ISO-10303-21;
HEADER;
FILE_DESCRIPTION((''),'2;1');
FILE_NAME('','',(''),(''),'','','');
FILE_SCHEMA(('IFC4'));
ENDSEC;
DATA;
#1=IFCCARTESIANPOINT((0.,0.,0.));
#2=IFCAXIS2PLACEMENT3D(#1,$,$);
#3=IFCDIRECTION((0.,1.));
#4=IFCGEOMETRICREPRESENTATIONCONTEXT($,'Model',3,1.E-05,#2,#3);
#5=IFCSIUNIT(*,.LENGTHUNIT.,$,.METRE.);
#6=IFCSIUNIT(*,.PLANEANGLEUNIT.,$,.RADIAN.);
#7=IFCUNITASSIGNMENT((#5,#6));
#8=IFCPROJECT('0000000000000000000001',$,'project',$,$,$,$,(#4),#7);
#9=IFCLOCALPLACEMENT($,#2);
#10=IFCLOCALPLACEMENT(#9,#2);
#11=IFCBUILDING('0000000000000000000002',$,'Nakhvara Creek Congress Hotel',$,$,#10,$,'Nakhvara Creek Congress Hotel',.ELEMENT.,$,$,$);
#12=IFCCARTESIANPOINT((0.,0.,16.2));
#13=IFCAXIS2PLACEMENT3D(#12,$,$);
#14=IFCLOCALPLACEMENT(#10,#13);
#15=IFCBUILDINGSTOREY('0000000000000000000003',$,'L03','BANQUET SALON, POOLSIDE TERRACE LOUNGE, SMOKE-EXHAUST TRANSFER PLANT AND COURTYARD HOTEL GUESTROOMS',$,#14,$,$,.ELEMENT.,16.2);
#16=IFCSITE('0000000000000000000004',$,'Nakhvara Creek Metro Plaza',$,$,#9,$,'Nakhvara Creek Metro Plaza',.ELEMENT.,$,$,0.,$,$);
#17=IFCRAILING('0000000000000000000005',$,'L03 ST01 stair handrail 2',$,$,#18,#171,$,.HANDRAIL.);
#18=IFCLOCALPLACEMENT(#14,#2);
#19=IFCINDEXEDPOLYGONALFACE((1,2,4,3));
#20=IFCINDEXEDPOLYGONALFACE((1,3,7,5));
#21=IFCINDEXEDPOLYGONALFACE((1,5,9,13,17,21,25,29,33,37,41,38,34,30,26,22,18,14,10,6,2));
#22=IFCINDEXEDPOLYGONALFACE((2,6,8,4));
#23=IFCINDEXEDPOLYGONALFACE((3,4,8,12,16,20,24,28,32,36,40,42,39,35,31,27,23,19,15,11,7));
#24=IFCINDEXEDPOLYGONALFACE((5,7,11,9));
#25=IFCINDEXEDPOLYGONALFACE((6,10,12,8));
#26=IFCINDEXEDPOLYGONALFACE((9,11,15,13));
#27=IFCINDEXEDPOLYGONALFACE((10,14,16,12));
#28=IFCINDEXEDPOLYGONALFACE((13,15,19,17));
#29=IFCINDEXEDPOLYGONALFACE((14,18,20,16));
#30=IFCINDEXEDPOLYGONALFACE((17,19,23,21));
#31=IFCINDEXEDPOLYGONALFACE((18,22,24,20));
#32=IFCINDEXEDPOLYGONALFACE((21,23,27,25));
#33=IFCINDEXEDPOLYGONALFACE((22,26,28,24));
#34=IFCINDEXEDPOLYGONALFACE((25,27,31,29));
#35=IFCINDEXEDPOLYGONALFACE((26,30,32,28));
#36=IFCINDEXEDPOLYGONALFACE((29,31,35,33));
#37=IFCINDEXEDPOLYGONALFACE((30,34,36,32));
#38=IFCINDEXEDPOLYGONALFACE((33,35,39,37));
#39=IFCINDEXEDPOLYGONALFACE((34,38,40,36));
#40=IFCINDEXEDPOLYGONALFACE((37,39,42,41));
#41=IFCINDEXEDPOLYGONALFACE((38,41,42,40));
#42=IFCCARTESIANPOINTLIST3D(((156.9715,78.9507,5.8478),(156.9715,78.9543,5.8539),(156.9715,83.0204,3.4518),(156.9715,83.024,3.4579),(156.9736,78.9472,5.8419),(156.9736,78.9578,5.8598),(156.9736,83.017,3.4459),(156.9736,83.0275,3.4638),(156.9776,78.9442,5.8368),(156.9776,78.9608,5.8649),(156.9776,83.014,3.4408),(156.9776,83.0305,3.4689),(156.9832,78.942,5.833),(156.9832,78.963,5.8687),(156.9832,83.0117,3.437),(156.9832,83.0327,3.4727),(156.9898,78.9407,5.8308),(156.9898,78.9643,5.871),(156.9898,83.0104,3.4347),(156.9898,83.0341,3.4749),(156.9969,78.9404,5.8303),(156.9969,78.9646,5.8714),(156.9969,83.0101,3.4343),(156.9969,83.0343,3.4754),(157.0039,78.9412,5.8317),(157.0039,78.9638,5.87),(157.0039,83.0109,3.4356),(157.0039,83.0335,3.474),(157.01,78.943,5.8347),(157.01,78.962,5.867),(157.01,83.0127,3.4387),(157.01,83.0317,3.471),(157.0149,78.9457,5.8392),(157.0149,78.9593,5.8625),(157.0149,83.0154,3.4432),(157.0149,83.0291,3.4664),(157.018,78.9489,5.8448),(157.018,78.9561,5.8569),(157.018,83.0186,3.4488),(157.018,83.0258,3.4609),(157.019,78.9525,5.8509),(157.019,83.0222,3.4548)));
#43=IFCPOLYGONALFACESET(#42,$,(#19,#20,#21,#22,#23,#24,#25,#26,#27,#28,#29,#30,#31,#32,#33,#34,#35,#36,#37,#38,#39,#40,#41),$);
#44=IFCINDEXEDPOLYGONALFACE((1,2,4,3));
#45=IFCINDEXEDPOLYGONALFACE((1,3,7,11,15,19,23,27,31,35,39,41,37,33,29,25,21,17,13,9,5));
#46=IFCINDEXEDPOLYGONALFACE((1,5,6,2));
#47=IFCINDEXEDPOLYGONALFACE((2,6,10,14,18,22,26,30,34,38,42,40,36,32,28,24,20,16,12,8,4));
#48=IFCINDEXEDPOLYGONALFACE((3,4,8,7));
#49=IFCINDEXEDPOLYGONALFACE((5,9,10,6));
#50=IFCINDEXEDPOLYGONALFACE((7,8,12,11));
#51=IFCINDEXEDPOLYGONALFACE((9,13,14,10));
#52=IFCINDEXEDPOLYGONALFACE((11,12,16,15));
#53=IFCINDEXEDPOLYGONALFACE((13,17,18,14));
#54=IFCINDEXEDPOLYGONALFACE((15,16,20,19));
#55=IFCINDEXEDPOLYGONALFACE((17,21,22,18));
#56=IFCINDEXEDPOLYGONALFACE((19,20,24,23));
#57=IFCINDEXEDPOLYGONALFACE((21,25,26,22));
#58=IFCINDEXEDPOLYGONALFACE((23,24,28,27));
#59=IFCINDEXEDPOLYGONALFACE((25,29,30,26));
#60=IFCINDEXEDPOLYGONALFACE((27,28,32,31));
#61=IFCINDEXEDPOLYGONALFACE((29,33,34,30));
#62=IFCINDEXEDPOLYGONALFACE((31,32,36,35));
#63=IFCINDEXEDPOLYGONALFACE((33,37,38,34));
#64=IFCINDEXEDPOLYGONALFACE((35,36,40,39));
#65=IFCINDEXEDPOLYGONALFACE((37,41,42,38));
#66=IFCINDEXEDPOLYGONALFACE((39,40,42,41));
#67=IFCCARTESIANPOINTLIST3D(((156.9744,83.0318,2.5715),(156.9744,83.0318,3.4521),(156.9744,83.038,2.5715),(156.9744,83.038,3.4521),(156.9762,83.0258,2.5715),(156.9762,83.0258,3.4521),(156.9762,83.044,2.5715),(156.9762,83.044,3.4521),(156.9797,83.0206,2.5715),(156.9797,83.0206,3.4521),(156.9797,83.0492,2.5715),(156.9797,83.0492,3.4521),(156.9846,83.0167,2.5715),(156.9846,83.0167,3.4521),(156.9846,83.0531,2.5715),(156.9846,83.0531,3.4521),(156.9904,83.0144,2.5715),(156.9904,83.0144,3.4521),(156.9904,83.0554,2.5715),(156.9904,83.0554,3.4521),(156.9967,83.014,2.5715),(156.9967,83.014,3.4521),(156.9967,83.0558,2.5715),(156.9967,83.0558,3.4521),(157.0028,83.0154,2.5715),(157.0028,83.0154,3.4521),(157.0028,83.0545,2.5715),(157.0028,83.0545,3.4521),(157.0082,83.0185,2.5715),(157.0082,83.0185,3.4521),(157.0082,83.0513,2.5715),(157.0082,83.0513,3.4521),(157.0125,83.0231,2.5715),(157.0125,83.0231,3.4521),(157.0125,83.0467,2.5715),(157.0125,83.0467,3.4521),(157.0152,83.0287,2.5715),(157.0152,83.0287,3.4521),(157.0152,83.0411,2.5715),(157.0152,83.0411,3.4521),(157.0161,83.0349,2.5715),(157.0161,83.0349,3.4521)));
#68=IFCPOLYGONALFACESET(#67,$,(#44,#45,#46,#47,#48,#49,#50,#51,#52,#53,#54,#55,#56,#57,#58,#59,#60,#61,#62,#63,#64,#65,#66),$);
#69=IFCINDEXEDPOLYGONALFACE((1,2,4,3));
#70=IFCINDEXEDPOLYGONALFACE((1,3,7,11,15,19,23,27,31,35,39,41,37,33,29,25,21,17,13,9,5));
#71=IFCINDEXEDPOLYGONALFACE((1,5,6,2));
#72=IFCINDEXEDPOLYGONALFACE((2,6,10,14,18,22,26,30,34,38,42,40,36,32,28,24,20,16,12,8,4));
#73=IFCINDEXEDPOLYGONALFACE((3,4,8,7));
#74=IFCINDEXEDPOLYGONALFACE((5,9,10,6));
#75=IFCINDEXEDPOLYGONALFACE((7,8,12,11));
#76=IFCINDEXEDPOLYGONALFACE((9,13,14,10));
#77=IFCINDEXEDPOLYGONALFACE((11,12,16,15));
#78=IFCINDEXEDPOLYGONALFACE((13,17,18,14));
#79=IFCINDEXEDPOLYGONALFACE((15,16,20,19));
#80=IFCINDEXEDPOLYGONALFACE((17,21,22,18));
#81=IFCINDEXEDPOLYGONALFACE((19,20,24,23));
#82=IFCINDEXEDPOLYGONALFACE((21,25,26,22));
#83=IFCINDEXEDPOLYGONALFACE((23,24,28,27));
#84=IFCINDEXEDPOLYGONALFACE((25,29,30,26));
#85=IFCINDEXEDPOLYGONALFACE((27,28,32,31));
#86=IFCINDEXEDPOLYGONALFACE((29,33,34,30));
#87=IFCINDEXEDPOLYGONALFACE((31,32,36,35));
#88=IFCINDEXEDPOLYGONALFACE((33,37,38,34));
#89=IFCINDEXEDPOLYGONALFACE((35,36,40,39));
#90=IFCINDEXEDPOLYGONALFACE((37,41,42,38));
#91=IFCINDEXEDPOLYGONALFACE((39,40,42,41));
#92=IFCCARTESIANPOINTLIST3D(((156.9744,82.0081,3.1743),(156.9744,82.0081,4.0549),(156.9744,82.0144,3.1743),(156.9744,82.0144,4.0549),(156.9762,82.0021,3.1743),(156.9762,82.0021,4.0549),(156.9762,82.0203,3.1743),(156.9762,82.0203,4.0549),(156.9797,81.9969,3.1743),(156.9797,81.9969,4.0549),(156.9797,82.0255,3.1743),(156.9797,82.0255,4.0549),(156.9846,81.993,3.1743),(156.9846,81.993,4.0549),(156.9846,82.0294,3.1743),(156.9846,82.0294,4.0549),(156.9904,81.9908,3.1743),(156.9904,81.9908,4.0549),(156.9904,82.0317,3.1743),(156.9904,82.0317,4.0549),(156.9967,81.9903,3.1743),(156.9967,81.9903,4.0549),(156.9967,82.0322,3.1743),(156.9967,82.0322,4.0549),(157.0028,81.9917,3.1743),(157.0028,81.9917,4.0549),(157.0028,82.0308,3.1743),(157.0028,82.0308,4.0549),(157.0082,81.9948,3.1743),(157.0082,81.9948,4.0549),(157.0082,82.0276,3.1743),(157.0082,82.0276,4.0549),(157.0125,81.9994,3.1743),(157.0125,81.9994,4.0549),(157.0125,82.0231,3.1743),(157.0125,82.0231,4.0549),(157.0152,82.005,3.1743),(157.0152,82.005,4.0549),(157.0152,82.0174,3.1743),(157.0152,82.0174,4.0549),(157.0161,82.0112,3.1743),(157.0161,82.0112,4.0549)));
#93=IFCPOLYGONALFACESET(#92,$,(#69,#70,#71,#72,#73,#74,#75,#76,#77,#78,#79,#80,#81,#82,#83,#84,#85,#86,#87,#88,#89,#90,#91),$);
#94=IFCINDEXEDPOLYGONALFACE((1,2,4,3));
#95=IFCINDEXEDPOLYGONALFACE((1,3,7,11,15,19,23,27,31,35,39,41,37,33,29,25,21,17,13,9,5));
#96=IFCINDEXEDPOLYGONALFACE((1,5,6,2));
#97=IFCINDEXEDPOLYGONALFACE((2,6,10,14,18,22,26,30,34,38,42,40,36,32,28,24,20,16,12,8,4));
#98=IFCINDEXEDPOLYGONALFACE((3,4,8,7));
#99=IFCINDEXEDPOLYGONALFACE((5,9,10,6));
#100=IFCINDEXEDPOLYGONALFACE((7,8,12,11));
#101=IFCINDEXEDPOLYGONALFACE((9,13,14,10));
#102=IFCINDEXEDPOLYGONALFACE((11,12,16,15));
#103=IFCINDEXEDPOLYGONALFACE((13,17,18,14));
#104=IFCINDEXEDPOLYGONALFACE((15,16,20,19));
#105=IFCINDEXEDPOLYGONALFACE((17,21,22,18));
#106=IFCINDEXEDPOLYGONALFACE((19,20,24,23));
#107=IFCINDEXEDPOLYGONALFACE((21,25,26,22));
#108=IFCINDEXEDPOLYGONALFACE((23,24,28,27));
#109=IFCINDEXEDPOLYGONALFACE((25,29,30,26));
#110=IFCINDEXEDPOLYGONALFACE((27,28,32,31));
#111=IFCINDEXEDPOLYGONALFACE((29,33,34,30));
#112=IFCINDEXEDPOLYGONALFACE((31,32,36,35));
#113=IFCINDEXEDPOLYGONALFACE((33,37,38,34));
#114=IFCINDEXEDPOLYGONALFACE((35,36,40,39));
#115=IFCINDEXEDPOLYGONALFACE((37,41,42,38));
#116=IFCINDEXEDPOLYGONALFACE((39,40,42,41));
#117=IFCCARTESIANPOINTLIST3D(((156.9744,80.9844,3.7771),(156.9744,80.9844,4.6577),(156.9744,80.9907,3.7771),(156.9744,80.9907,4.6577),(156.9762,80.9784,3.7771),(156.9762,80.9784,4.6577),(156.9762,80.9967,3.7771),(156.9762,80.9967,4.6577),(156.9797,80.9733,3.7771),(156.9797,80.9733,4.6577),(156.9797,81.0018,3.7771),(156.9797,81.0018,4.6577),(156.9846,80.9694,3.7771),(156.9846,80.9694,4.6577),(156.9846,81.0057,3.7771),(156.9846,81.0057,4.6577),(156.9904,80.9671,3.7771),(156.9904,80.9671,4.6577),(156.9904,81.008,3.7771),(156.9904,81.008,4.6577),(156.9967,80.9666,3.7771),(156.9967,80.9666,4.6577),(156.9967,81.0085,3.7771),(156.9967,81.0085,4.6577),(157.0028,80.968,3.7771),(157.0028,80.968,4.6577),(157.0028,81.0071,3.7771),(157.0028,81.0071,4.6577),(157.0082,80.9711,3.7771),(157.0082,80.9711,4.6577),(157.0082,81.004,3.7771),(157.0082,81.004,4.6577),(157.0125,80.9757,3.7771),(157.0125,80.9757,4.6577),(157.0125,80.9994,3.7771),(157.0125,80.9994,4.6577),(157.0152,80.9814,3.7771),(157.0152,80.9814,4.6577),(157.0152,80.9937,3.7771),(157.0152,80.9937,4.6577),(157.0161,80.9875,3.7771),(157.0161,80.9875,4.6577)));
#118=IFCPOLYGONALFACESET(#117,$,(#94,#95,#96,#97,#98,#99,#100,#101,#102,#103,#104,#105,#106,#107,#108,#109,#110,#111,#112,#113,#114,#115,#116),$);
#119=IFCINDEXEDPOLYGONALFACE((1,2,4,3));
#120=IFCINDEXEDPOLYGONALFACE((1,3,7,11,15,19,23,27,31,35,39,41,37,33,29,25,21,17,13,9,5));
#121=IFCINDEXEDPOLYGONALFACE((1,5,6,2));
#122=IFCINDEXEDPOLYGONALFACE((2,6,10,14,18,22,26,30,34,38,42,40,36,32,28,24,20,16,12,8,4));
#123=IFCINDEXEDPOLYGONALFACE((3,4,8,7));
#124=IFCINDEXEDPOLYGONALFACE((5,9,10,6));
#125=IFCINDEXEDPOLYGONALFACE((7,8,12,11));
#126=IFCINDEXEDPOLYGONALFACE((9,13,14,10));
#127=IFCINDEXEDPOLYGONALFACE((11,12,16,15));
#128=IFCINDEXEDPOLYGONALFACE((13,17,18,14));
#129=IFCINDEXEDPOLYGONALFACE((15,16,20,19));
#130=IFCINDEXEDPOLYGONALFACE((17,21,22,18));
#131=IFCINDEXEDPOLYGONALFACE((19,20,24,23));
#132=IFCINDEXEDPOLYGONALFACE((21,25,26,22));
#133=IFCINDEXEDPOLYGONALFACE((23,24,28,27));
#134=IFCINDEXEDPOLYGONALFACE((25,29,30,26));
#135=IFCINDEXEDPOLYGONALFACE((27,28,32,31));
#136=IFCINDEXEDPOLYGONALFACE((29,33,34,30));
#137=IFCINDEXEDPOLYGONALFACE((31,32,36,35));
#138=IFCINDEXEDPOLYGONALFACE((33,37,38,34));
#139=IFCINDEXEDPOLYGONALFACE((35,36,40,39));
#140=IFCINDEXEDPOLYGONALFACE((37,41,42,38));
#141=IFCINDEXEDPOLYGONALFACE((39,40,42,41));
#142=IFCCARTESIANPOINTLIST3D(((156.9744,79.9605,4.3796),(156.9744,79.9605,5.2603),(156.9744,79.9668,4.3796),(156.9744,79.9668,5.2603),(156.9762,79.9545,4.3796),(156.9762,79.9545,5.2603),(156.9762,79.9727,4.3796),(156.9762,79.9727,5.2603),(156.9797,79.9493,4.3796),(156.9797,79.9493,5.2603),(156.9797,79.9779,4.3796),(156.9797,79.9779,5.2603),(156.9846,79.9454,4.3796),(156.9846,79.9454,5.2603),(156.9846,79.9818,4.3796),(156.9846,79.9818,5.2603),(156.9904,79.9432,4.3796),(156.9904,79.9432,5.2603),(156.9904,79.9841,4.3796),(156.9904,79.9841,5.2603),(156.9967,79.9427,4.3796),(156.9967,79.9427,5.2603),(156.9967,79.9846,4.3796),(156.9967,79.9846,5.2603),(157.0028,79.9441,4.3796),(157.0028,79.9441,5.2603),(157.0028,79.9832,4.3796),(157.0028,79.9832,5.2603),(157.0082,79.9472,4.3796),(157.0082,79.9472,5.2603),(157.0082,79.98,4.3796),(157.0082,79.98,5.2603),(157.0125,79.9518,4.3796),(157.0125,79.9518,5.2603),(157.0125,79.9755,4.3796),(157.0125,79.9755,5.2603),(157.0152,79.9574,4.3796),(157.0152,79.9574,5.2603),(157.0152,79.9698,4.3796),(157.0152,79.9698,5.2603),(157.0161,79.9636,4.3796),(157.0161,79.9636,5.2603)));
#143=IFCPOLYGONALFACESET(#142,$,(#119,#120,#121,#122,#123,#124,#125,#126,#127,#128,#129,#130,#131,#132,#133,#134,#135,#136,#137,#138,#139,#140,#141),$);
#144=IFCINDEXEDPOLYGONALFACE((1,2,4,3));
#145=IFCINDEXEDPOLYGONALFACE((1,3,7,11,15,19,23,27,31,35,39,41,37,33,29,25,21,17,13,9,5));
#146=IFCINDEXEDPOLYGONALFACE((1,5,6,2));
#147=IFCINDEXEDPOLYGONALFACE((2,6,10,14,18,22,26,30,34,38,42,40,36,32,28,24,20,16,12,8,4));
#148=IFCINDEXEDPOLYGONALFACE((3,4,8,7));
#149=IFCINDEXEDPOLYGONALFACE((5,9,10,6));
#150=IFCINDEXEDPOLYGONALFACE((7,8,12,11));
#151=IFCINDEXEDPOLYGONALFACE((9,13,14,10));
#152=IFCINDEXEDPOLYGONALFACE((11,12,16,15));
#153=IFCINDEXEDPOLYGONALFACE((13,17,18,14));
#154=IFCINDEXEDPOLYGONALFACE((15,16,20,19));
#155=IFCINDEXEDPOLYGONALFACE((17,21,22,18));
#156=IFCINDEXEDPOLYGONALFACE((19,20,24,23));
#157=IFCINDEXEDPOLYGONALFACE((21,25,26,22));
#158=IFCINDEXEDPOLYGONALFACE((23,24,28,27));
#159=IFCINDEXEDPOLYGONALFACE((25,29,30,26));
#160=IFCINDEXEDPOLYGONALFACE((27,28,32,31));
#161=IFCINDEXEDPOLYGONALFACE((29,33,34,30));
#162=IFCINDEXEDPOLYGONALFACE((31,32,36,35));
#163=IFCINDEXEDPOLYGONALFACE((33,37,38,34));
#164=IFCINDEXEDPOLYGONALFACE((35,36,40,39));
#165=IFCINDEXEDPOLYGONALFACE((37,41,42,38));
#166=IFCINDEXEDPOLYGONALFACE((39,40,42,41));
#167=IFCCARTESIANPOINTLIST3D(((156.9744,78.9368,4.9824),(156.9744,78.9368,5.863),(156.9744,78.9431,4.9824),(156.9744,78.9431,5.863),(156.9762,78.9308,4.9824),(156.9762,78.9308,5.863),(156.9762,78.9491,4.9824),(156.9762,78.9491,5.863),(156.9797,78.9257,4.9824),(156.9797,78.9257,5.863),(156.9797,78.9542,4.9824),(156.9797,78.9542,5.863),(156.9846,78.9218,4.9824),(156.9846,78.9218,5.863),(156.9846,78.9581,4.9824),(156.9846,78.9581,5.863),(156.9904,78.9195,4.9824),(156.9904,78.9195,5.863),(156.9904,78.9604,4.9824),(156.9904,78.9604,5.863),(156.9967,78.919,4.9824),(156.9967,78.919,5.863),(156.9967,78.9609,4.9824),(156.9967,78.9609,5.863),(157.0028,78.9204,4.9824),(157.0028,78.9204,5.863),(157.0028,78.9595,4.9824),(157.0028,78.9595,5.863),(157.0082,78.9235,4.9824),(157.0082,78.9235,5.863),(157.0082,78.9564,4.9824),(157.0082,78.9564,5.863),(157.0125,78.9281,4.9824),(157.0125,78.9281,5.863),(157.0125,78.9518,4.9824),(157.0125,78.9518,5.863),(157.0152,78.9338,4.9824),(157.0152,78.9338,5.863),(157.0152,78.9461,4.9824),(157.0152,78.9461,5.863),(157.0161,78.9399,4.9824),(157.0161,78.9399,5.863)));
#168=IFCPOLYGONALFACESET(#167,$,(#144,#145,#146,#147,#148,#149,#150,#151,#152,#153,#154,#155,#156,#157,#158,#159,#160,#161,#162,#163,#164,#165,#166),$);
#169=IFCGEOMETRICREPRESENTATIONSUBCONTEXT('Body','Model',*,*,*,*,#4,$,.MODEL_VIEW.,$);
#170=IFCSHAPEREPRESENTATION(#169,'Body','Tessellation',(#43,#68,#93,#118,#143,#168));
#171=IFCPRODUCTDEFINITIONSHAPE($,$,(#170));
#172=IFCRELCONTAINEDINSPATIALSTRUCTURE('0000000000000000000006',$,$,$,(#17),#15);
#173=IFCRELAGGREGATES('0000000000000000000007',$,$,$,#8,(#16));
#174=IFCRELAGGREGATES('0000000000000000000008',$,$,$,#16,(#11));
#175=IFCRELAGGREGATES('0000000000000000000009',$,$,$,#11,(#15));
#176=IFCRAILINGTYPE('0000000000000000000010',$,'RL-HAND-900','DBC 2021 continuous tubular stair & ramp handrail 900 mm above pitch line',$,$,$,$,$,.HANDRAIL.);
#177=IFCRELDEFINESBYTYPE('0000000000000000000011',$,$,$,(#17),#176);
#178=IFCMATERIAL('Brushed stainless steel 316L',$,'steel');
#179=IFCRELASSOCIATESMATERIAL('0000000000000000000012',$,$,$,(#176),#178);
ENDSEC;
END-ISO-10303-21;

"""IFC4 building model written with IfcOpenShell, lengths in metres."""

from ifc_helpers import new_model, si_unit, direction, frame, origin, origin_2d, place, context, subcontext, project, spatial, circle, extrude, material, type_object, element, save


model = new_model("IFC4")

# Units and contexts
model_context = context("Model", 3, precision=1e-05, world=origin(), true_north=direction((0.0, 1.0)))
body_context = subcontext(model_context, "Body", "Model", "MODEL_VIEW")
ifc_project = project(units=[si_unit("LENGTHUNIT", "METRE"), si_unit("PLANEANGLEUNIT", "RADIAN")], contexts=[model_context])

# Site, building, storey
site_placement = place(None, origin())
site = spatial("IfcSite", under=ifc_project, at=site_placement, Name="Nakhvara Creek Metro Plaza", LongName="Nakhvara Creek Metro Plaza", CompositionType="ELEMENT", RefElevation=0.0)
building_placement = place(site_placement, origin())
building = spatial("IfcBuilding", under=site, at=building_placement, Name="Nakhvara Creek Congress Hotel", LongName="Nakhvara Creek Congress Hotel", CompositionType="ELEMENT")
storey_placement = place(building_placement, frame((0.0, 0.0, 16.2)))
storey = spatial("IfcBuildingStorey", under=building, at=storey_placement, Name="L03", Description="BANQUET SALON, POOLSIDE TERRACE LOUNGE, SMOKE-EXHAUST TRANSFER PLANT AND COURTYARD HOTEL GUESTROOMS", CompositionType="ELEMENT", Elevation=16.2)

# Railing
ifc_material_1 = material(Name="Brushed stainless steel 316L", Category="steel")
railing_type_1 = type_object("IfcRailingType", Name="RL-HAND-900", Description="DBC 2021 continuous tubular stair & ramp handrail 900 mm above pitch line", PredefinedType="HANDRAIL", material=ifc_material_1)
railing_1_placement = place(storey_placement, frame((156.9951, 83.0349, 2.5715)))
element("IfcRailing", 1, at=railing_1_placement, inside=storey, type_object=railing_type_1, Name="L03 ST01 stair handrail 2", PredefinedType="HANDRAIL", context=body_context, shape_type="SweptSolid", body=[
    extrude(circle(Radius=0.0239, at=origin_2d()), frame((0.0, -0.0127, 0.8833), z_axis=(0.0, -0.861743, 0.507346), x_axis=(1.0, 0.0, 0.0)), (0.0, 0.0, 1.0), 4.7227),
    extrude(circle(Radius=0.021, at=origin_2d()), origin(), (0.0, 0.0, 1.0), 0.8806),
    extrude(circle(Radius=0.021, at=origin_2d()), frame((0.0, -1.0237, 0.6028)), (0.0, 0.0, 1.0), 0.8806),
    extrude(circle(Radius=0.021, at=origin_2d()), frame((0.0, -2.0474, 1.2056)), (0.0, 0.0, 1.0), 0.8806),
    extrude(circle(Radius=0.021, at=origin_2d()), frame((0.0, -3.0713, 1.8081)), (0.0, 0.0, 1.0), 0.8806),
    extrude(circle(Radius=0.021, at=origin_2d()), frame((0.0, -4.095, 2.4109)), (0.0, 0.0, 1.0), 0.8806),
])

save(model, "model.ifc")
